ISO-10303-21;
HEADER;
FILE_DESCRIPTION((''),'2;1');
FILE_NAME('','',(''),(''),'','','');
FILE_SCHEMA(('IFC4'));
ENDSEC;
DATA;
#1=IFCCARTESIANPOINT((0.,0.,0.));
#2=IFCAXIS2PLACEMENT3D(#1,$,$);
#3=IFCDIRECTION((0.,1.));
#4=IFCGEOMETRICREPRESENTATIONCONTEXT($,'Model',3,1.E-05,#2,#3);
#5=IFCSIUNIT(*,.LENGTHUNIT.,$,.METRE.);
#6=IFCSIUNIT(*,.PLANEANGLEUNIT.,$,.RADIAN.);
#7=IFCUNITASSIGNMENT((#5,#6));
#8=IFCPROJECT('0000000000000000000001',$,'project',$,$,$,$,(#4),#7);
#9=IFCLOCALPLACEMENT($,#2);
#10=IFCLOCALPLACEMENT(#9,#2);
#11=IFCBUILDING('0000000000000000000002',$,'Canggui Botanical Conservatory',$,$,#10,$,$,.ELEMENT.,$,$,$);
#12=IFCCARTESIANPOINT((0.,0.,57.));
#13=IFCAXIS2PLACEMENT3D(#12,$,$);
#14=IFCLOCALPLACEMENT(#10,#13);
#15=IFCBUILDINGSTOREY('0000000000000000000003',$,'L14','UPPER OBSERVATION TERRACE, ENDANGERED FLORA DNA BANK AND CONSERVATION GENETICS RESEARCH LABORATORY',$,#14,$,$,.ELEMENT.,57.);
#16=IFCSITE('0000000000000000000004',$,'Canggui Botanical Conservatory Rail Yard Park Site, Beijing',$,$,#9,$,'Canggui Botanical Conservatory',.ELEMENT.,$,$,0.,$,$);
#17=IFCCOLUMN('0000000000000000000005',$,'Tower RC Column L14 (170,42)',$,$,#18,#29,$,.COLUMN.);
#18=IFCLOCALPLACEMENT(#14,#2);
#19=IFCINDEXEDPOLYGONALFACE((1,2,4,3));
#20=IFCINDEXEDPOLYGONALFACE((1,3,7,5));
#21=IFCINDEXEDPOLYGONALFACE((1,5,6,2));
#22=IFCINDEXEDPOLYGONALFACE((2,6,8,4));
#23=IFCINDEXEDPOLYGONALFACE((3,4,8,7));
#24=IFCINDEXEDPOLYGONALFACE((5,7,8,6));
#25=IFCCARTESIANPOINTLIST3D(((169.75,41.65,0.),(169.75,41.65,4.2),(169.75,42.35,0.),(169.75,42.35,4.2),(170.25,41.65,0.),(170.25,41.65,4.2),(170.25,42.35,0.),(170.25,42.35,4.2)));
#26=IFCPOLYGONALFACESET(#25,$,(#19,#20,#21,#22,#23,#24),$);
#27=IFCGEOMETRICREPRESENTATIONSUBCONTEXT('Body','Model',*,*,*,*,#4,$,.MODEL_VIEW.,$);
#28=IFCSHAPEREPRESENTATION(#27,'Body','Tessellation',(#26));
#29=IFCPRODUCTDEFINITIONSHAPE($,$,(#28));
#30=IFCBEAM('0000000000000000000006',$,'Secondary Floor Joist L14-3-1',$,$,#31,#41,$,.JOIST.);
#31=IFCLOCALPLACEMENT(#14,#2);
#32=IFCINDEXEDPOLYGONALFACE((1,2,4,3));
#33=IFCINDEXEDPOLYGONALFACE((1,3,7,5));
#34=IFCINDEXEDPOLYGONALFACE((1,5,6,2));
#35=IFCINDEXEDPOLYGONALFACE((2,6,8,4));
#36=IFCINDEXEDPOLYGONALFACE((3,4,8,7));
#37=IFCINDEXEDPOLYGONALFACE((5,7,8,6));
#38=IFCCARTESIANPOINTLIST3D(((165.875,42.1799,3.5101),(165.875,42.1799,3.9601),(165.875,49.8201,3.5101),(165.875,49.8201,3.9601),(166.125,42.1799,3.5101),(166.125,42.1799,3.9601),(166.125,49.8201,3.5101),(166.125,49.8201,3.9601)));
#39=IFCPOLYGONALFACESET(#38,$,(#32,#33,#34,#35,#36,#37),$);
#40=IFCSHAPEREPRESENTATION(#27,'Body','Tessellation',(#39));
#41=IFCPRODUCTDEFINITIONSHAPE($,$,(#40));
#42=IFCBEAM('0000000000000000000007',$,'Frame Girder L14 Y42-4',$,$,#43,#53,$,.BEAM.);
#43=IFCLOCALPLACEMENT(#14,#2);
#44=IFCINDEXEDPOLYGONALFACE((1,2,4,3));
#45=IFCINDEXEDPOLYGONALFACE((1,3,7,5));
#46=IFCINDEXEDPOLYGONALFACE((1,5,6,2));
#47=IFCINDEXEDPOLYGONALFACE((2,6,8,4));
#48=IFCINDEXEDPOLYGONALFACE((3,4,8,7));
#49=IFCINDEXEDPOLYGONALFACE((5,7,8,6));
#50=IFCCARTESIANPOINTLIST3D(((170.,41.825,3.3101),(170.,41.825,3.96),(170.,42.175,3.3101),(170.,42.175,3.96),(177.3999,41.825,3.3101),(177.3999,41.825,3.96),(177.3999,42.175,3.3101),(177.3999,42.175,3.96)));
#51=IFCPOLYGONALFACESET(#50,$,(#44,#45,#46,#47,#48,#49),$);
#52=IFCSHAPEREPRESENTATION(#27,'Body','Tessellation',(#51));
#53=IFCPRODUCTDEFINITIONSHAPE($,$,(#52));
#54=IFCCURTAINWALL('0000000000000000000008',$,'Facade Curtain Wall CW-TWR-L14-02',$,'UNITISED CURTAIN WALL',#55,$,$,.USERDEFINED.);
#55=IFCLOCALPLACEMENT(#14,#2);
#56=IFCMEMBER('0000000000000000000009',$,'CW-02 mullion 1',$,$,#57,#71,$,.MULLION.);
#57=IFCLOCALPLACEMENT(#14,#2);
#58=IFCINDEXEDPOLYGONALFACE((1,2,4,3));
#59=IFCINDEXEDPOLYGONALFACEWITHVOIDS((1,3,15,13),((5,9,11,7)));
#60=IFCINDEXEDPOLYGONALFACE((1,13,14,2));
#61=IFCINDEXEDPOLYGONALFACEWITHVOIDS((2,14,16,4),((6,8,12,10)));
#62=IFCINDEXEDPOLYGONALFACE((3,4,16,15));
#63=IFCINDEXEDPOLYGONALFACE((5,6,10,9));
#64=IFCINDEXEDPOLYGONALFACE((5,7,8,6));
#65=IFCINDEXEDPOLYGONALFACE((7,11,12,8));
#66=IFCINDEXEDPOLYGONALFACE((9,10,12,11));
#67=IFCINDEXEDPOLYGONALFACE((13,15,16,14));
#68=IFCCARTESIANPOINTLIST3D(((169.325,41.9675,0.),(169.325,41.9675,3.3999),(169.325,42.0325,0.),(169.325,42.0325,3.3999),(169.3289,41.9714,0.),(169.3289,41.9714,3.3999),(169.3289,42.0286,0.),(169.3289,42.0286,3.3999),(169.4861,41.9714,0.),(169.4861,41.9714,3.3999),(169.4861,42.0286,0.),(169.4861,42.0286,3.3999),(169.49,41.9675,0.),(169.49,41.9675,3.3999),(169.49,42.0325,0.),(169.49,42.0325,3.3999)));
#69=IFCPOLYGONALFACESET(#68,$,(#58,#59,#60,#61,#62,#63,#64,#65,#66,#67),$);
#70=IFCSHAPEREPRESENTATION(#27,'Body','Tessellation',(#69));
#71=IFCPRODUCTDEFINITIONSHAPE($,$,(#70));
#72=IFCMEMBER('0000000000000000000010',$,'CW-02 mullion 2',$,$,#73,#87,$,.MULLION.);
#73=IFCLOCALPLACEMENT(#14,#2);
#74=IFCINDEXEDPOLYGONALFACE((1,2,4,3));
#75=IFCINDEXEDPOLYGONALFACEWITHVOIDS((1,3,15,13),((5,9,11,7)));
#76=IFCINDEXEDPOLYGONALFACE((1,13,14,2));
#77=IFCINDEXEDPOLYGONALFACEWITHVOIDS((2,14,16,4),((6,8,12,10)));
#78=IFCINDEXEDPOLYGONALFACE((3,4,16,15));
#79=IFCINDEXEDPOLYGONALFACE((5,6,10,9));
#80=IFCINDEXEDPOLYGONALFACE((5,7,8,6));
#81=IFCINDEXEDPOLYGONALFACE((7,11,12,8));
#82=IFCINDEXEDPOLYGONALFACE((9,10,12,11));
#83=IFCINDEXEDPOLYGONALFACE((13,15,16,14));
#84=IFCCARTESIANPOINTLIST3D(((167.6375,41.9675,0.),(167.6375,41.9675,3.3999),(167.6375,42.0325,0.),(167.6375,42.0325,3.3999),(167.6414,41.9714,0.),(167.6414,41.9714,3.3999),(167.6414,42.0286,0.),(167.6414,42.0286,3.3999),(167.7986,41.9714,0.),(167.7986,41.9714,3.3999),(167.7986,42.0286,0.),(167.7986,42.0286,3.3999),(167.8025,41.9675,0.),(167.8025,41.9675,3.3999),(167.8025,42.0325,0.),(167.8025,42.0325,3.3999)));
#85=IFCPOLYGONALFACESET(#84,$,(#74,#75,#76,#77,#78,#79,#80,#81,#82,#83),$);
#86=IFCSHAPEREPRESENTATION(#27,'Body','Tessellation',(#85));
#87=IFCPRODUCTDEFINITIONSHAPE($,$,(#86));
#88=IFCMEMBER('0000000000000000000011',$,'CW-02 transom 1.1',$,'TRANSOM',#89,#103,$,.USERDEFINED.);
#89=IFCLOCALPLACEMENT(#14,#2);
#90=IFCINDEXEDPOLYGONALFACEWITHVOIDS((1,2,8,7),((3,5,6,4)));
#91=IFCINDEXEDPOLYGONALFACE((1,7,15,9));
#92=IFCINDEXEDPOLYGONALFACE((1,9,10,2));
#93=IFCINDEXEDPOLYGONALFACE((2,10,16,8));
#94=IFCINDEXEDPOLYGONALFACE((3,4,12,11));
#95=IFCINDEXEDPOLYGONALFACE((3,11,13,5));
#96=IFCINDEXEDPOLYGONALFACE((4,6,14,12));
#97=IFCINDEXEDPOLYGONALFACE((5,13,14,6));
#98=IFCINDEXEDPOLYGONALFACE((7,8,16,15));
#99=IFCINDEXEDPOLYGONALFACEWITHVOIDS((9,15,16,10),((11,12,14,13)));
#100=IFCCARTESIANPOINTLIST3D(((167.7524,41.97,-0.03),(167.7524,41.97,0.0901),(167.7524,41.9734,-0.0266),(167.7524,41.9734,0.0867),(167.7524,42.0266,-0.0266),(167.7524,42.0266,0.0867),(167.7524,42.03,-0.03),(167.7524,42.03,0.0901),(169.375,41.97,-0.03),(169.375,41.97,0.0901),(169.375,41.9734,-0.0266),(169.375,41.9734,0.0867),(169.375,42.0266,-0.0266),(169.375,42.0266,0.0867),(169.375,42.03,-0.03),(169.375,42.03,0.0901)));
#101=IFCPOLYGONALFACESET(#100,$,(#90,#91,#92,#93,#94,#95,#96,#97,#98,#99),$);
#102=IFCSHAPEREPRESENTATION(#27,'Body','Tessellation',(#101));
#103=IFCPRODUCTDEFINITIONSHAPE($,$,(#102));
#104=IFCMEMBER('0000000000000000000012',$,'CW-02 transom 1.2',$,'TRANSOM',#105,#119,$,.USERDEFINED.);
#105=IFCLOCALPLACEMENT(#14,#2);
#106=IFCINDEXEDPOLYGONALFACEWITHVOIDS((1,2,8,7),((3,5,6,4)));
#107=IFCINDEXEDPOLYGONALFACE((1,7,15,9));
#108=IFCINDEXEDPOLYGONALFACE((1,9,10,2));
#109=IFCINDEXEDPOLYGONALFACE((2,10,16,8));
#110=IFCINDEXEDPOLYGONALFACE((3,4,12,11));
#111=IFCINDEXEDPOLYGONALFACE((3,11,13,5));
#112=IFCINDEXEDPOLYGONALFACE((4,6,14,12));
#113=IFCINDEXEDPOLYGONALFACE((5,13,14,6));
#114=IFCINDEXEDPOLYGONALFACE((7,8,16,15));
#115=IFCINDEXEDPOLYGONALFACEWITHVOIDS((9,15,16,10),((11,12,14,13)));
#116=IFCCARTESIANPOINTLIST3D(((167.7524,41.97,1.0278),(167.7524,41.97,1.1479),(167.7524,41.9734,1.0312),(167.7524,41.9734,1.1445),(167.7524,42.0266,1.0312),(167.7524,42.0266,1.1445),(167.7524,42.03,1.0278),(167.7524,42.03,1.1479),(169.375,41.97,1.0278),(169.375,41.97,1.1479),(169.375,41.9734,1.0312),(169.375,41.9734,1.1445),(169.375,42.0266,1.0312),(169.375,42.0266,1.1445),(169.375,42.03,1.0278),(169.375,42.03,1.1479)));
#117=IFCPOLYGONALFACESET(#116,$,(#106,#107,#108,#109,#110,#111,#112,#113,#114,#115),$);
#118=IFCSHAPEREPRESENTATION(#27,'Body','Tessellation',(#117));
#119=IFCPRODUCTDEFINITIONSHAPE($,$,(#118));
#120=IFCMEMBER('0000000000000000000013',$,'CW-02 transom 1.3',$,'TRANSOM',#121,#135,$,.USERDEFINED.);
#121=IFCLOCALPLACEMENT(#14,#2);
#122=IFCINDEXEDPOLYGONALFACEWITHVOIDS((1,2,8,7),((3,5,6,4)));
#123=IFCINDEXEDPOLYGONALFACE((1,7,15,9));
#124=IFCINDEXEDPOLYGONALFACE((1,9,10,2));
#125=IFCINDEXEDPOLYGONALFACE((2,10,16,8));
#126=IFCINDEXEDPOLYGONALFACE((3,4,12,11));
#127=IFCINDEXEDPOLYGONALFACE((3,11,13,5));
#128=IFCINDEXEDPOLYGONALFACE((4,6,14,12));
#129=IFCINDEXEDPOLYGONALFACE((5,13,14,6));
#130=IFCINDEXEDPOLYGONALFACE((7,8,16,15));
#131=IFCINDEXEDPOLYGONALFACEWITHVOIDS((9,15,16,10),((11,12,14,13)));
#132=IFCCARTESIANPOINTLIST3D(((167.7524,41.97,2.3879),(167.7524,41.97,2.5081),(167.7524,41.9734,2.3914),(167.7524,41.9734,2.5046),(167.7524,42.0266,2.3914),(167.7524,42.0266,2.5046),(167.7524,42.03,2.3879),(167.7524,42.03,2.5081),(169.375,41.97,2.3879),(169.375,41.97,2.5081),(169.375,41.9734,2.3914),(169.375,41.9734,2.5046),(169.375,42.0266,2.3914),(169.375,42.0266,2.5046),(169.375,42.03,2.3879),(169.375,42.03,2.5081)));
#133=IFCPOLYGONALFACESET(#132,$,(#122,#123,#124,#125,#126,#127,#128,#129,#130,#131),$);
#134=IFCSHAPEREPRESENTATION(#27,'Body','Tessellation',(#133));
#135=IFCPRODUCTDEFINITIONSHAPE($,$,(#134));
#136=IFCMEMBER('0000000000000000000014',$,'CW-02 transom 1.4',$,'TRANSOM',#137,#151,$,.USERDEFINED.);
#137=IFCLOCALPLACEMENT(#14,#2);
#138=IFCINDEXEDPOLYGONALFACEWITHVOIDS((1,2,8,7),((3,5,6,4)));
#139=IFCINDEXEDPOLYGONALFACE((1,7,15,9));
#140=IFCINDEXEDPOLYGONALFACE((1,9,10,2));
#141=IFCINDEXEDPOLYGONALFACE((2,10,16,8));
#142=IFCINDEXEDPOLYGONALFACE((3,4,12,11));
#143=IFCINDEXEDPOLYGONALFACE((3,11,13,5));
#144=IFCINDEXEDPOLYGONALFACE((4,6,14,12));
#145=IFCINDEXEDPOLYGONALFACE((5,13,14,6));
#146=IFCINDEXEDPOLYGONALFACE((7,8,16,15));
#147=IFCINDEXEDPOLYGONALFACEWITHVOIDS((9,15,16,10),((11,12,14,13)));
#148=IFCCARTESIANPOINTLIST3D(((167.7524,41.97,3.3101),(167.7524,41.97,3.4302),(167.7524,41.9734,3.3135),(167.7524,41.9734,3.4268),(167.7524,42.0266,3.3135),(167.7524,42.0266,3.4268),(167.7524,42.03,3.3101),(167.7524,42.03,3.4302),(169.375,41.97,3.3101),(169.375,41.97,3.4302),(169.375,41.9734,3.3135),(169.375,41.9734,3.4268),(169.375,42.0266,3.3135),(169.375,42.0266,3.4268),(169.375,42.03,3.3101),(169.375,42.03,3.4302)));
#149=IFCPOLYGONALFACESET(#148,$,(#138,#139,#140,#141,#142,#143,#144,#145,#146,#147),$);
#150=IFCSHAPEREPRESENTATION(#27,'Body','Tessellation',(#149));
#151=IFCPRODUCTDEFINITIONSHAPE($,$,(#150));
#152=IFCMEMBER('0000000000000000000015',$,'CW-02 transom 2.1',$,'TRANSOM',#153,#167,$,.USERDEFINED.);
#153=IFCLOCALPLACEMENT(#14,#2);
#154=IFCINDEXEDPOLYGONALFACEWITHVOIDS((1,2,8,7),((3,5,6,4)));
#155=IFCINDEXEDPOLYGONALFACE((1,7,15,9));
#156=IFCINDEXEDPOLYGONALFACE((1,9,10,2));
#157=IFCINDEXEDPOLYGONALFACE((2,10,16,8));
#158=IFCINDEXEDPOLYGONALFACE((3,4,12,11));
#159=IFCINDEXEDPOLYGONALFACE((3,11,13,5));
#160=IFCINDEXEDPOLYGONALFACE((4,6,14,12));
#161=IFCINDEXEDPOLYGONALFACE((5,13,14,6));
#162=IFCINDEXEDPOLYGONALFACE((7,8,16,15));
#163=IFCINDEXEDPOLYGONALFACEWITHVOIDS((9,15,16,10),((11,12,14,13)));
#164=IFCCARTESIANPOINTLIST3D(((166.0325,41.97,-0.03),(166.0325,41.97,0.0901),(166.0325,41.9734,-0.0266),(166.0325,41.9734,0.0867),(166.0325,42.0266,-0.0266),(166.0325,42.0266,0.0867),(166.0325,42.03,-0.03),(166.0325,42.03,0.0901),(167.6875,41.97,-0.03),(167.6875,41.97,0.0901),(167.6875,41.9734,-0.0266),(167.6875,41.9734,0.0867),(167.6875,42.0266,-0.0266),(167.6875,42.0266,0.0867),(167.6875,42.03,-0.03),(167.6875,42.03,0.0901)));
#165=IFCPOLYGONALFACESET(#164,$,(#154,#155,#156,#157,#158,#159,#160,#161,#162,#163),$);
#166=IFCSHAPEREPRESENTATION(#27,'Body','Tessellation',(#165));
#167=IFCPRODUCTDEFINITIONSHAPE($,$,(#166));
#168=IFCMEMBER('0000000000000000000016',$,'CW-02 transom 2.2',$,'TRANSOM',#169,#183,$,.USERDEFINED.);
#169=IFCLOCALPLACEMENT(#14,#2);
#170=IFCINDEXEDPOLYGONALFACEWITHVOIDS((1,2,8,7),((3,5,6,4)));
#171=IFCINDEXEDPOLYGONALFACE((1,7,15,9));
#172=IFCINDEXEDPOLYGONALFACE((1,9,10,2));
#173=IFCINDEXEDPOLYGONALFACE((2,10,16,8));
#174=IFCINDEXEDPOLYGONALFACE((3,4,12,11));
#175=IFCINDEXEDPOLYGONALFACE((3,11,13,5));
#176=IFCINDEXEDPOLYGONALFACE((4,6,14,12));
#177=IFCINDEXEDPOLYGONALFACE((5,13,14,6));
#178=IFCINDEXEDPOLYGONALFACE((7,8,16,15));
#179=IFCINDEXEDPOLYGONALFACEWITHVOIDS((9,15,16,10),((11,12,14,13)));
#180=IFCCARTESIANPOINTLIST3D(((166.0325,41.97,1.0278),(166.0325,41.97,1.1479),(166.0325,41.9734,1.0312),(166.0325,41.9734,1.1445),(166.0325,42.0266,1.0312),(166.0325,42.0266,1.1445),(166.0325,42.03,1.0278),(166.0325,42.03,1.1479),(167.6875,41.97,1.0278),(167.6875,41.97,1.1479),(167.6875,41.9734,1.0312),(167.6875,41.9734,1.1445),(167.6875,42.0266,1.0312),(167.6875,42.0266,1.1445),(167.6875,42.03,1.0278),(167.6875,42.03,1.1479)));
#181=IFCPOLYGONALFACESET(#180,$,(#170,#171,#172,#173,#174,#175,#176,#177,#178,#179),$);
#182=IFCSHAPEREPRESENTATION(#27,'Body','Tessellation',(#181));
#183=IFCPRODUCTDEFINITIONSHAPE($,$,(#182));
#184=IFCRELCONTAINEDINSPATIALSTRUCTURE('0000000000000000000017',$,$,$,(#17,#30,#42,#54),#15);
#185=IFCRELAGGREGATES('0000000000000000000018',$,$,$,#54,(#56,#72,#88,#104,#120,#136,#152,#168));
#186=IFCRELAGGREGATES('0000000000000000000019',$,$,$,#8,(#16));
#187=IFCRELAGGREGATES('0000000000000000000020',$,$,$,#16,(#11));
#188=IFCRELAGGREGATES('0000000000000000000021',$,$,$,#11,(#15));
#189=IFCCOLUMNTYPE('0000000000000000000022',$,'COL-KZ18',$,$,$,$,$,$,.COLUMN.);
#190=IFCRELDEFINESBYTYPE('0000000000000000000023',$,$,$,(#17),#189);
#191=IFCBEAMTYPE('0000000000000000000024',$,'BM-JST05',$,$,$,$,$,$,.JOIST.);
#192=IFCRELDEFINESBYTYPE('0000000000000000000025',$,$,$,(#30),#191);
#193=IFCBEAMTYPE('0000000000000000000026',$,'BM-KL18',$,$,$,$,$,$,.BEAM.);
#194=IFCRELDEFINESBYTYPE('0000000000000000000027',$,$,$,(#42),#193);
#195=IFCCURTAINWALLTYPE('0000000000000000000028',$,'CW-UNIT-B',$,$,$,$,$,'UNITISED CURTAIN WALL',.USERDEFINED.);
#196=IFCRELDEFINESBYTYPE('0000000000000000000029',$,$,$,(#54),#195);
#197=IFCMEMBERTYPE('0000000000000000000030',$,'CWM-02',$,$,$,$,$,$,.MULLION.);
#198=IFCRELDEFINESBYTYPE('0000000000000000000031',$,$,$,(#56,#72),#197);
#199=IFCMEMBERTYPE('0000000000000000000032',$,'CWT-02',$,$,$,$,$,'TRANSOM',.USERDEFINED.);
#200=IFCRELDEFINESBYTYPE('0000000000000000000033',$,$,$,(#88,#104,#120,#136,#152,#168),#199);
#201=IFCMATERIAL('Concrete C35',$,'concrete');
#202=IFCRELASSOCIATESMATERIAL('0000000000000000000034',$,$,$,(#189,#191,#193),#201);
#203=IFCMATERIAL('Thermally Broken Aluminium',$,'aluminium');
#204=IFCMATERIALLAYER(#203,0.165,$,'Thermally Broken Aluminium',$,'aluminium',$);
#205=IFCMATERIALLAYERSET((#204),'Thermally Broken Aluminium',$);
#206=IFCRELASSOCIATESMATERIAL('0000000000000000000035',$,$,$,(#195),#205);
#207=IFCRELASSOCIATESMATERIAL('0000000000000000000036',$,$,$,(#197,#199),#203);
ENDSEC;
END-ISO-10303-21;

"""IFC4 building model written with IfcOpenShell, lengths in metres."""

from ifc_helpers import new_model, si_unit, direction, frame, origin, origin_2d, place, context, subcontext, project, spatial, rectangle, hollow_rectangle, extrude, material, layer, layer_set, material_profile, profile_set, type_object, element, aggregate, save


model = new_model("IFC4")

# Units and contexts
model_context = context("Model", 3, precision=1e-05, world=origin(), true_north=direction((0.0, 1.0)))
body_context = subcontext(model_context, "Body", "Model", "MODEL_VIEW")
ifc_project = project(units=[si_unit("LENGTHUNIT", "METRE"), si_unit("PLANEANGLEUNIT", "RADIAN")], contexts=[model_context])

# Site, building, storey
site_placement = place(None, origin())
site = spatial("IfcSite", under=ifc_project, at=site_placement, Name="Canggui Botanical Conservatory Rail Yard Park Site, Beijing", LongName="Canggui Botanical Conservatory", CompositionType="ELEMENT", RefElevation=0.0)
building_placement = place(site_placement, origin())
building = spatial("IfcBuilding", under=site, at=building_placement, Name="Canggui Botanical Conservatory", CompositionType="ELEMENT")
storey_placement = place(building_placement, frame((0.0, 0.0, 57.0)))
storey = spatial("IfcBuildingStorey", under=building, at=storey_placement, Name="L14", Description="UPPER OBSERVATION TERRACE, ENDANGERED FLORA DNA BANK AND CONSERVATION GENETICS RESEARCH LABORATORY", CompositionType="ELEMENT", Elevation=57.0)

# Column
ifc_material_1 = material(Name="Concrete C35", Category="concrete")
ifc_material_profile_1 = material_profile(ifc_material_1, rectangle(XDim=0.5, YDim=0.7, at=origin_2d()), Name="RC 500x700")
ifc_profile_set_1 = profile_set([ifc_material_profile_1], Name="Concrete C35")
column_type = type_object("IfcColumnType", Name="COL-KZ18", PredefinedType="COLUMN", material=ifc_profile_set_1)
column_placement = place(storey_placement, frame((170.0, 42.0, 0.0), z_axis=(0.0, 0.0, 1.0), x_axis=(1.0, 0.0, 0.0)))
element("IfcColumn", 1, at=column_placement, inside=storey, type_object=column_type, Name="Tower RC Column L14 (170,42)", PredefinedType="COLUMN", context=body_context, shape_type="SweptSolid", body=[
    extrude(rectangle(XDim=0.5, YDim=0.7, at=origin_2d()), origin(), (0.0, 0.0, 1.0), 4.2),
])

# Beams
ifc_material_profile_2 = material_profile(ifc_material_1, rectangle(XDim=0.25, YDim=0.45, at=origin_2d()), Name="RB 250x450")
ifc_profile_set_2 = profile_set([ifc_material_profile_2], Name="Concrete C35")
beam_type_1 = type_object("IfcBeamType", Name="BM-JST05", PredefinedType="JOIST", material=ifc_profile_set_2)
beam_1_placement = place(storey_placement, frame((166.0, 42.1799, 3.7351), z_axis=(0.0, 1.0, 0.0), x_axis=(-1.0, 0.0, 0.0)))
element("IfcBeam", 2, at=beam_1_placement, inside=storey, type_object=beam_type_1, Name="Secondary Floor Joist L14-3-1", PredefinedType="JOIST", context=body_context, shape_type="SweptSolid", body=[
    extrude(rectangle(XDim=0.25, YDim=0.45, at=origin_2d()), origin(), (0.0, 0.0, 1.0), 7.6401),
])
ifc_material_profile_3 = material_profile(ifc_material_1, rectangle(XDim=0.3501, YDim=0.6499, at=origin_2d()), Name="RB 350x650")
ifc_profile_set_3 = profile_set([ifc_material_profile_3], Name="Concrete C35")
beam_type_2 = type_object("IfcBeamType", Name="BM-KL18", PredefinedType="BEAM", material=ifc_profile_set_3)
beam_2_placement = place(storey_placement, frame((170.0, 42.0, 3.635), z_axis=(1.0, 0.0, 0.0), x_axis=(0.0, 1.0, 0.0)))
element("IfcBeam", 3, at=beam_2_placement, inside=storey, type_object=beam_type_2, Name="Frame Girder L14 Y42-4", PredefinedType="BEAM", context=body_context, shape_type="SweptSolid", body=[
    extrude(rectangle(XDim=0.3501, YDim=0.6499, at=origin_2d()), origin(), (0.0, 0.0, 1.0), 7.3999),
])

# Curtain wall, members
ifc_material_2 = material(Name="Thermally Broken Aluminium", Category="aluminium")
ifc_layer_1 = layer(ifc_material_2, 0.165, Name="Thermally Broken Aluminium", Category="aluminium")
ifc_layer_set_1 = layer_set([ifc_layer_1], Name="Thermally Broken Aluminium")
curtain_wall_type = type_object("IfcCurtainWallType", Name="CW-UNIT-B", ElementType="UNITISED CURTAIN WALL", PredefinedType="USERDEFINED", material=ifc_layer_set_1)
curtain_wall_placement = place(storey_placement, origin())
curtain_wall = element("IfcCurtainWall", 4, at=curtain_wall_placement, inside=storey, type_object=curtain_wall_type, Name="Facade Curtain Wall CW-TWR-L14-02", ObjectType="UNITISED CURTAIN WALL", PredefinedType="USERDEFINED")
ifc_material_profile_4 = material_profile(ifc_material_2, hollow_rectangle(XDim=0.0649, YDim=0.165, WallThickness=0.0039, at=origin_2d()), Name="CWM 65x165x4")
ifc_profile_set_4 = profile_set([ifc_material_profile_4], Name="Thermally Broken Aluminium")
member_type_1 = type_object("IfcMemberType", Name="CWM-02", PredefinedType="MULLION", material=ifc_profile_set_4)
member_1_placement = place(storey_placement, frame((169.4075, 42.0, 0.0), z_axis=(0.0, 0.0, 1.0), x_axis=(0.0, -1.0, 0.0)))
member_1 = element("IfcMember", 5, at=member_1_placement, type_object=member_type_1, Name="CW-02 mullion 1", PredefinedType="MULLION", context=body_context, shape_type="SweptSolid", body=[
    extrude(hollow_rectangle(XDim=0.0649, YDim=0.165, WallThickness=0.0039, at=origin_2d()), origin(), (0.0, 0.0, 1.0), 3.3999),
])
member_2_placement = place(storey_placement, frame((167.72, 42.0, 0.0), z_axis=(0.0, 0.0, 1.0), x_axis=(0.0, -1.0, 0.0)))
member_2 = element("IfcMember", 6, at=member_2_placement, type_object=member_type_1, Name="CW-02 mullion 2", PredefinedType="MULLION", context=body_context, shape_type="SweptSolid", body=[
    extrude(hollow_rectangle(XDim=0.0649, YDim=0.165, WallThickness=0.0039, at=origin_2d()), origin(), (0.0, 0.0, 1.0), 3.3999),
])
ifc_material_profile_5 = material_profile(ifc_material_2, hollow_rectangle(XDim=0.0601, YDim=0.1201, WallThickness=0.0034, at=origin_2d()), Name="CWT 60x120x3.5")
ifc_profile_set_5 = profile_set([ifc_material_profile_5], Name="Thermally Broken Aluminium")
member_type_2 = type_object("IfcMemberType", Name="CWT-02", ElementType="TRANSOM", PredefinedType="USERDEFINED", material=ifc_profile_set_5)
member_3_placement = place(storey_placement, frame((169.375, 42.0, 0.03), z_axis=(-1.0, 0.0, 0.0), x_axis=(0.0, -1.0, 0.0)))
member_3 = element("IfcMember", 7, at=member_3_placement, type_object=member_type_2, Name="CW-02 transom 1.1", ObjectType="TRANSOM", PredefinedType="USERDEFINED", context=body_context, shape_type="SweptSolid", body=[
    extrude(hollow_rectangle(XDim=0.0601, YDim=0.1201, WallThickness=0.0034, at=origin_2d()), origin(), (0.0, 0.0, 1.0), 1.6226),
])
member_4_placement = place(storey_placement, frame((169.375, 42.0, 1.0879), z_axis=(-1.0, 0.0, 0.0), x_axis=(0.0, -1.0, 0.0)))
member_4 = element("IfcMember", 8, at=member_4_placement, type_object=member_type_2, Name="CW-02 transom 1.2", ObjectType="TRANSOM", PredefinedType="USERDEFINED", context=body_context, shape_type="SweptSolid", body=[
    extrude(hollow_rectangle(XDim=0.0601, YDim=0.1201, WallThickness=0.0034, at=origin_2d()), origin(), (0.0, 0.0, 1.0), 1.6226),
])
member_5_placement = place(storey_placement, frame((169.375, 42.0, 2.448), z_axis=(-1.0, 0.0, 0.0), x_axis=(0.0, -1.0, 0.0)))
member_5 = element("IfcMember", 9, at=member_5_placement, type_object=member_type_2, Name="CW-02 transom 1.3", ObjectType="TRANSOM", PredefinedType="USERDEFINED", context=body_context, shape_type="SweptSolid", body=[
    extrude(hollow_rectangle(XDim=0.0601, YDim=0.1201, WallThickness=0.0034, at=origin_2d()), origin(), (0.0, 0.0, 1.0), 1.6226),
])
member_6_placement = place(storey_placement, frame((169.375, 42.0, 3.3701), z_axis=(-1.0, 0.0, 0.0), x_axis=(0.0, -1.0, 0.0)))
member_6 = element("IfcMember", 10, at=member_6_placement, type_object=member_type_2, Name="CW-02 transom 1.4", ObjectType="TRANSOM", PredefinedType="USERDEFINED", context=body_context, shape_type="SweptSolid", body=[
    extrude(hollow_rectangle(XDim=0.0601, YDim=0.1201, WallThickness=0.0034, at=origin_2d()), origin(), (0.0, 0.0, 1.0), 1.6226),
])
member_7_placement = place(storey_placement, frame((167.6875, 42.0, 0.03), z_axis=(-1.0, 0.0, 0.0), x_axis=(0.0, -1.0, 0.0)))
member_7 = element("IfcMember", 11, at=member_7_placement, type_object=member_type_2, Name="CW-02 transom 2.1", ObjectType="TRANSOM", PredefinedType="USERDEFINED", context=body_context, shape_type="SweptSolid", body=[
    extrude(hollow_rectangle(XDim=0.0601, YDim=0.1201, WallThickness=0.0034, at=origin_2d()), origin(), (0.0, 0.0, 1.0), 1.655),
])
member_8_placement = place(storey_placement, frame((167.6875, 42.0, 1.0879), z_axis=(-1.0, 0.0, 0.0), x_axis=(0.0, -1.0, 0.0)))
member_8 = element("IfcMember", 12, at=member_8_placement, type_object=member_type_2, Name="CW-02 transom 2.2", ObjectType="TRANSOM", PredefinedType="USERDEFINED", context=body_context, shape_type="SweptSolid", body=[
    extrude(hollow_rectangle(XDim=0.0601, YDim=0.1201, WallThickness=0.0034, at=origin_2d()), origin(), (0.0, 0.0, 1.0), 1.655),
])
aggregate(curtain_wall, [member_1, member_2, member_3, member_4, member_5, member_6, member_7, member_8])

save(model, "model.ifc")
